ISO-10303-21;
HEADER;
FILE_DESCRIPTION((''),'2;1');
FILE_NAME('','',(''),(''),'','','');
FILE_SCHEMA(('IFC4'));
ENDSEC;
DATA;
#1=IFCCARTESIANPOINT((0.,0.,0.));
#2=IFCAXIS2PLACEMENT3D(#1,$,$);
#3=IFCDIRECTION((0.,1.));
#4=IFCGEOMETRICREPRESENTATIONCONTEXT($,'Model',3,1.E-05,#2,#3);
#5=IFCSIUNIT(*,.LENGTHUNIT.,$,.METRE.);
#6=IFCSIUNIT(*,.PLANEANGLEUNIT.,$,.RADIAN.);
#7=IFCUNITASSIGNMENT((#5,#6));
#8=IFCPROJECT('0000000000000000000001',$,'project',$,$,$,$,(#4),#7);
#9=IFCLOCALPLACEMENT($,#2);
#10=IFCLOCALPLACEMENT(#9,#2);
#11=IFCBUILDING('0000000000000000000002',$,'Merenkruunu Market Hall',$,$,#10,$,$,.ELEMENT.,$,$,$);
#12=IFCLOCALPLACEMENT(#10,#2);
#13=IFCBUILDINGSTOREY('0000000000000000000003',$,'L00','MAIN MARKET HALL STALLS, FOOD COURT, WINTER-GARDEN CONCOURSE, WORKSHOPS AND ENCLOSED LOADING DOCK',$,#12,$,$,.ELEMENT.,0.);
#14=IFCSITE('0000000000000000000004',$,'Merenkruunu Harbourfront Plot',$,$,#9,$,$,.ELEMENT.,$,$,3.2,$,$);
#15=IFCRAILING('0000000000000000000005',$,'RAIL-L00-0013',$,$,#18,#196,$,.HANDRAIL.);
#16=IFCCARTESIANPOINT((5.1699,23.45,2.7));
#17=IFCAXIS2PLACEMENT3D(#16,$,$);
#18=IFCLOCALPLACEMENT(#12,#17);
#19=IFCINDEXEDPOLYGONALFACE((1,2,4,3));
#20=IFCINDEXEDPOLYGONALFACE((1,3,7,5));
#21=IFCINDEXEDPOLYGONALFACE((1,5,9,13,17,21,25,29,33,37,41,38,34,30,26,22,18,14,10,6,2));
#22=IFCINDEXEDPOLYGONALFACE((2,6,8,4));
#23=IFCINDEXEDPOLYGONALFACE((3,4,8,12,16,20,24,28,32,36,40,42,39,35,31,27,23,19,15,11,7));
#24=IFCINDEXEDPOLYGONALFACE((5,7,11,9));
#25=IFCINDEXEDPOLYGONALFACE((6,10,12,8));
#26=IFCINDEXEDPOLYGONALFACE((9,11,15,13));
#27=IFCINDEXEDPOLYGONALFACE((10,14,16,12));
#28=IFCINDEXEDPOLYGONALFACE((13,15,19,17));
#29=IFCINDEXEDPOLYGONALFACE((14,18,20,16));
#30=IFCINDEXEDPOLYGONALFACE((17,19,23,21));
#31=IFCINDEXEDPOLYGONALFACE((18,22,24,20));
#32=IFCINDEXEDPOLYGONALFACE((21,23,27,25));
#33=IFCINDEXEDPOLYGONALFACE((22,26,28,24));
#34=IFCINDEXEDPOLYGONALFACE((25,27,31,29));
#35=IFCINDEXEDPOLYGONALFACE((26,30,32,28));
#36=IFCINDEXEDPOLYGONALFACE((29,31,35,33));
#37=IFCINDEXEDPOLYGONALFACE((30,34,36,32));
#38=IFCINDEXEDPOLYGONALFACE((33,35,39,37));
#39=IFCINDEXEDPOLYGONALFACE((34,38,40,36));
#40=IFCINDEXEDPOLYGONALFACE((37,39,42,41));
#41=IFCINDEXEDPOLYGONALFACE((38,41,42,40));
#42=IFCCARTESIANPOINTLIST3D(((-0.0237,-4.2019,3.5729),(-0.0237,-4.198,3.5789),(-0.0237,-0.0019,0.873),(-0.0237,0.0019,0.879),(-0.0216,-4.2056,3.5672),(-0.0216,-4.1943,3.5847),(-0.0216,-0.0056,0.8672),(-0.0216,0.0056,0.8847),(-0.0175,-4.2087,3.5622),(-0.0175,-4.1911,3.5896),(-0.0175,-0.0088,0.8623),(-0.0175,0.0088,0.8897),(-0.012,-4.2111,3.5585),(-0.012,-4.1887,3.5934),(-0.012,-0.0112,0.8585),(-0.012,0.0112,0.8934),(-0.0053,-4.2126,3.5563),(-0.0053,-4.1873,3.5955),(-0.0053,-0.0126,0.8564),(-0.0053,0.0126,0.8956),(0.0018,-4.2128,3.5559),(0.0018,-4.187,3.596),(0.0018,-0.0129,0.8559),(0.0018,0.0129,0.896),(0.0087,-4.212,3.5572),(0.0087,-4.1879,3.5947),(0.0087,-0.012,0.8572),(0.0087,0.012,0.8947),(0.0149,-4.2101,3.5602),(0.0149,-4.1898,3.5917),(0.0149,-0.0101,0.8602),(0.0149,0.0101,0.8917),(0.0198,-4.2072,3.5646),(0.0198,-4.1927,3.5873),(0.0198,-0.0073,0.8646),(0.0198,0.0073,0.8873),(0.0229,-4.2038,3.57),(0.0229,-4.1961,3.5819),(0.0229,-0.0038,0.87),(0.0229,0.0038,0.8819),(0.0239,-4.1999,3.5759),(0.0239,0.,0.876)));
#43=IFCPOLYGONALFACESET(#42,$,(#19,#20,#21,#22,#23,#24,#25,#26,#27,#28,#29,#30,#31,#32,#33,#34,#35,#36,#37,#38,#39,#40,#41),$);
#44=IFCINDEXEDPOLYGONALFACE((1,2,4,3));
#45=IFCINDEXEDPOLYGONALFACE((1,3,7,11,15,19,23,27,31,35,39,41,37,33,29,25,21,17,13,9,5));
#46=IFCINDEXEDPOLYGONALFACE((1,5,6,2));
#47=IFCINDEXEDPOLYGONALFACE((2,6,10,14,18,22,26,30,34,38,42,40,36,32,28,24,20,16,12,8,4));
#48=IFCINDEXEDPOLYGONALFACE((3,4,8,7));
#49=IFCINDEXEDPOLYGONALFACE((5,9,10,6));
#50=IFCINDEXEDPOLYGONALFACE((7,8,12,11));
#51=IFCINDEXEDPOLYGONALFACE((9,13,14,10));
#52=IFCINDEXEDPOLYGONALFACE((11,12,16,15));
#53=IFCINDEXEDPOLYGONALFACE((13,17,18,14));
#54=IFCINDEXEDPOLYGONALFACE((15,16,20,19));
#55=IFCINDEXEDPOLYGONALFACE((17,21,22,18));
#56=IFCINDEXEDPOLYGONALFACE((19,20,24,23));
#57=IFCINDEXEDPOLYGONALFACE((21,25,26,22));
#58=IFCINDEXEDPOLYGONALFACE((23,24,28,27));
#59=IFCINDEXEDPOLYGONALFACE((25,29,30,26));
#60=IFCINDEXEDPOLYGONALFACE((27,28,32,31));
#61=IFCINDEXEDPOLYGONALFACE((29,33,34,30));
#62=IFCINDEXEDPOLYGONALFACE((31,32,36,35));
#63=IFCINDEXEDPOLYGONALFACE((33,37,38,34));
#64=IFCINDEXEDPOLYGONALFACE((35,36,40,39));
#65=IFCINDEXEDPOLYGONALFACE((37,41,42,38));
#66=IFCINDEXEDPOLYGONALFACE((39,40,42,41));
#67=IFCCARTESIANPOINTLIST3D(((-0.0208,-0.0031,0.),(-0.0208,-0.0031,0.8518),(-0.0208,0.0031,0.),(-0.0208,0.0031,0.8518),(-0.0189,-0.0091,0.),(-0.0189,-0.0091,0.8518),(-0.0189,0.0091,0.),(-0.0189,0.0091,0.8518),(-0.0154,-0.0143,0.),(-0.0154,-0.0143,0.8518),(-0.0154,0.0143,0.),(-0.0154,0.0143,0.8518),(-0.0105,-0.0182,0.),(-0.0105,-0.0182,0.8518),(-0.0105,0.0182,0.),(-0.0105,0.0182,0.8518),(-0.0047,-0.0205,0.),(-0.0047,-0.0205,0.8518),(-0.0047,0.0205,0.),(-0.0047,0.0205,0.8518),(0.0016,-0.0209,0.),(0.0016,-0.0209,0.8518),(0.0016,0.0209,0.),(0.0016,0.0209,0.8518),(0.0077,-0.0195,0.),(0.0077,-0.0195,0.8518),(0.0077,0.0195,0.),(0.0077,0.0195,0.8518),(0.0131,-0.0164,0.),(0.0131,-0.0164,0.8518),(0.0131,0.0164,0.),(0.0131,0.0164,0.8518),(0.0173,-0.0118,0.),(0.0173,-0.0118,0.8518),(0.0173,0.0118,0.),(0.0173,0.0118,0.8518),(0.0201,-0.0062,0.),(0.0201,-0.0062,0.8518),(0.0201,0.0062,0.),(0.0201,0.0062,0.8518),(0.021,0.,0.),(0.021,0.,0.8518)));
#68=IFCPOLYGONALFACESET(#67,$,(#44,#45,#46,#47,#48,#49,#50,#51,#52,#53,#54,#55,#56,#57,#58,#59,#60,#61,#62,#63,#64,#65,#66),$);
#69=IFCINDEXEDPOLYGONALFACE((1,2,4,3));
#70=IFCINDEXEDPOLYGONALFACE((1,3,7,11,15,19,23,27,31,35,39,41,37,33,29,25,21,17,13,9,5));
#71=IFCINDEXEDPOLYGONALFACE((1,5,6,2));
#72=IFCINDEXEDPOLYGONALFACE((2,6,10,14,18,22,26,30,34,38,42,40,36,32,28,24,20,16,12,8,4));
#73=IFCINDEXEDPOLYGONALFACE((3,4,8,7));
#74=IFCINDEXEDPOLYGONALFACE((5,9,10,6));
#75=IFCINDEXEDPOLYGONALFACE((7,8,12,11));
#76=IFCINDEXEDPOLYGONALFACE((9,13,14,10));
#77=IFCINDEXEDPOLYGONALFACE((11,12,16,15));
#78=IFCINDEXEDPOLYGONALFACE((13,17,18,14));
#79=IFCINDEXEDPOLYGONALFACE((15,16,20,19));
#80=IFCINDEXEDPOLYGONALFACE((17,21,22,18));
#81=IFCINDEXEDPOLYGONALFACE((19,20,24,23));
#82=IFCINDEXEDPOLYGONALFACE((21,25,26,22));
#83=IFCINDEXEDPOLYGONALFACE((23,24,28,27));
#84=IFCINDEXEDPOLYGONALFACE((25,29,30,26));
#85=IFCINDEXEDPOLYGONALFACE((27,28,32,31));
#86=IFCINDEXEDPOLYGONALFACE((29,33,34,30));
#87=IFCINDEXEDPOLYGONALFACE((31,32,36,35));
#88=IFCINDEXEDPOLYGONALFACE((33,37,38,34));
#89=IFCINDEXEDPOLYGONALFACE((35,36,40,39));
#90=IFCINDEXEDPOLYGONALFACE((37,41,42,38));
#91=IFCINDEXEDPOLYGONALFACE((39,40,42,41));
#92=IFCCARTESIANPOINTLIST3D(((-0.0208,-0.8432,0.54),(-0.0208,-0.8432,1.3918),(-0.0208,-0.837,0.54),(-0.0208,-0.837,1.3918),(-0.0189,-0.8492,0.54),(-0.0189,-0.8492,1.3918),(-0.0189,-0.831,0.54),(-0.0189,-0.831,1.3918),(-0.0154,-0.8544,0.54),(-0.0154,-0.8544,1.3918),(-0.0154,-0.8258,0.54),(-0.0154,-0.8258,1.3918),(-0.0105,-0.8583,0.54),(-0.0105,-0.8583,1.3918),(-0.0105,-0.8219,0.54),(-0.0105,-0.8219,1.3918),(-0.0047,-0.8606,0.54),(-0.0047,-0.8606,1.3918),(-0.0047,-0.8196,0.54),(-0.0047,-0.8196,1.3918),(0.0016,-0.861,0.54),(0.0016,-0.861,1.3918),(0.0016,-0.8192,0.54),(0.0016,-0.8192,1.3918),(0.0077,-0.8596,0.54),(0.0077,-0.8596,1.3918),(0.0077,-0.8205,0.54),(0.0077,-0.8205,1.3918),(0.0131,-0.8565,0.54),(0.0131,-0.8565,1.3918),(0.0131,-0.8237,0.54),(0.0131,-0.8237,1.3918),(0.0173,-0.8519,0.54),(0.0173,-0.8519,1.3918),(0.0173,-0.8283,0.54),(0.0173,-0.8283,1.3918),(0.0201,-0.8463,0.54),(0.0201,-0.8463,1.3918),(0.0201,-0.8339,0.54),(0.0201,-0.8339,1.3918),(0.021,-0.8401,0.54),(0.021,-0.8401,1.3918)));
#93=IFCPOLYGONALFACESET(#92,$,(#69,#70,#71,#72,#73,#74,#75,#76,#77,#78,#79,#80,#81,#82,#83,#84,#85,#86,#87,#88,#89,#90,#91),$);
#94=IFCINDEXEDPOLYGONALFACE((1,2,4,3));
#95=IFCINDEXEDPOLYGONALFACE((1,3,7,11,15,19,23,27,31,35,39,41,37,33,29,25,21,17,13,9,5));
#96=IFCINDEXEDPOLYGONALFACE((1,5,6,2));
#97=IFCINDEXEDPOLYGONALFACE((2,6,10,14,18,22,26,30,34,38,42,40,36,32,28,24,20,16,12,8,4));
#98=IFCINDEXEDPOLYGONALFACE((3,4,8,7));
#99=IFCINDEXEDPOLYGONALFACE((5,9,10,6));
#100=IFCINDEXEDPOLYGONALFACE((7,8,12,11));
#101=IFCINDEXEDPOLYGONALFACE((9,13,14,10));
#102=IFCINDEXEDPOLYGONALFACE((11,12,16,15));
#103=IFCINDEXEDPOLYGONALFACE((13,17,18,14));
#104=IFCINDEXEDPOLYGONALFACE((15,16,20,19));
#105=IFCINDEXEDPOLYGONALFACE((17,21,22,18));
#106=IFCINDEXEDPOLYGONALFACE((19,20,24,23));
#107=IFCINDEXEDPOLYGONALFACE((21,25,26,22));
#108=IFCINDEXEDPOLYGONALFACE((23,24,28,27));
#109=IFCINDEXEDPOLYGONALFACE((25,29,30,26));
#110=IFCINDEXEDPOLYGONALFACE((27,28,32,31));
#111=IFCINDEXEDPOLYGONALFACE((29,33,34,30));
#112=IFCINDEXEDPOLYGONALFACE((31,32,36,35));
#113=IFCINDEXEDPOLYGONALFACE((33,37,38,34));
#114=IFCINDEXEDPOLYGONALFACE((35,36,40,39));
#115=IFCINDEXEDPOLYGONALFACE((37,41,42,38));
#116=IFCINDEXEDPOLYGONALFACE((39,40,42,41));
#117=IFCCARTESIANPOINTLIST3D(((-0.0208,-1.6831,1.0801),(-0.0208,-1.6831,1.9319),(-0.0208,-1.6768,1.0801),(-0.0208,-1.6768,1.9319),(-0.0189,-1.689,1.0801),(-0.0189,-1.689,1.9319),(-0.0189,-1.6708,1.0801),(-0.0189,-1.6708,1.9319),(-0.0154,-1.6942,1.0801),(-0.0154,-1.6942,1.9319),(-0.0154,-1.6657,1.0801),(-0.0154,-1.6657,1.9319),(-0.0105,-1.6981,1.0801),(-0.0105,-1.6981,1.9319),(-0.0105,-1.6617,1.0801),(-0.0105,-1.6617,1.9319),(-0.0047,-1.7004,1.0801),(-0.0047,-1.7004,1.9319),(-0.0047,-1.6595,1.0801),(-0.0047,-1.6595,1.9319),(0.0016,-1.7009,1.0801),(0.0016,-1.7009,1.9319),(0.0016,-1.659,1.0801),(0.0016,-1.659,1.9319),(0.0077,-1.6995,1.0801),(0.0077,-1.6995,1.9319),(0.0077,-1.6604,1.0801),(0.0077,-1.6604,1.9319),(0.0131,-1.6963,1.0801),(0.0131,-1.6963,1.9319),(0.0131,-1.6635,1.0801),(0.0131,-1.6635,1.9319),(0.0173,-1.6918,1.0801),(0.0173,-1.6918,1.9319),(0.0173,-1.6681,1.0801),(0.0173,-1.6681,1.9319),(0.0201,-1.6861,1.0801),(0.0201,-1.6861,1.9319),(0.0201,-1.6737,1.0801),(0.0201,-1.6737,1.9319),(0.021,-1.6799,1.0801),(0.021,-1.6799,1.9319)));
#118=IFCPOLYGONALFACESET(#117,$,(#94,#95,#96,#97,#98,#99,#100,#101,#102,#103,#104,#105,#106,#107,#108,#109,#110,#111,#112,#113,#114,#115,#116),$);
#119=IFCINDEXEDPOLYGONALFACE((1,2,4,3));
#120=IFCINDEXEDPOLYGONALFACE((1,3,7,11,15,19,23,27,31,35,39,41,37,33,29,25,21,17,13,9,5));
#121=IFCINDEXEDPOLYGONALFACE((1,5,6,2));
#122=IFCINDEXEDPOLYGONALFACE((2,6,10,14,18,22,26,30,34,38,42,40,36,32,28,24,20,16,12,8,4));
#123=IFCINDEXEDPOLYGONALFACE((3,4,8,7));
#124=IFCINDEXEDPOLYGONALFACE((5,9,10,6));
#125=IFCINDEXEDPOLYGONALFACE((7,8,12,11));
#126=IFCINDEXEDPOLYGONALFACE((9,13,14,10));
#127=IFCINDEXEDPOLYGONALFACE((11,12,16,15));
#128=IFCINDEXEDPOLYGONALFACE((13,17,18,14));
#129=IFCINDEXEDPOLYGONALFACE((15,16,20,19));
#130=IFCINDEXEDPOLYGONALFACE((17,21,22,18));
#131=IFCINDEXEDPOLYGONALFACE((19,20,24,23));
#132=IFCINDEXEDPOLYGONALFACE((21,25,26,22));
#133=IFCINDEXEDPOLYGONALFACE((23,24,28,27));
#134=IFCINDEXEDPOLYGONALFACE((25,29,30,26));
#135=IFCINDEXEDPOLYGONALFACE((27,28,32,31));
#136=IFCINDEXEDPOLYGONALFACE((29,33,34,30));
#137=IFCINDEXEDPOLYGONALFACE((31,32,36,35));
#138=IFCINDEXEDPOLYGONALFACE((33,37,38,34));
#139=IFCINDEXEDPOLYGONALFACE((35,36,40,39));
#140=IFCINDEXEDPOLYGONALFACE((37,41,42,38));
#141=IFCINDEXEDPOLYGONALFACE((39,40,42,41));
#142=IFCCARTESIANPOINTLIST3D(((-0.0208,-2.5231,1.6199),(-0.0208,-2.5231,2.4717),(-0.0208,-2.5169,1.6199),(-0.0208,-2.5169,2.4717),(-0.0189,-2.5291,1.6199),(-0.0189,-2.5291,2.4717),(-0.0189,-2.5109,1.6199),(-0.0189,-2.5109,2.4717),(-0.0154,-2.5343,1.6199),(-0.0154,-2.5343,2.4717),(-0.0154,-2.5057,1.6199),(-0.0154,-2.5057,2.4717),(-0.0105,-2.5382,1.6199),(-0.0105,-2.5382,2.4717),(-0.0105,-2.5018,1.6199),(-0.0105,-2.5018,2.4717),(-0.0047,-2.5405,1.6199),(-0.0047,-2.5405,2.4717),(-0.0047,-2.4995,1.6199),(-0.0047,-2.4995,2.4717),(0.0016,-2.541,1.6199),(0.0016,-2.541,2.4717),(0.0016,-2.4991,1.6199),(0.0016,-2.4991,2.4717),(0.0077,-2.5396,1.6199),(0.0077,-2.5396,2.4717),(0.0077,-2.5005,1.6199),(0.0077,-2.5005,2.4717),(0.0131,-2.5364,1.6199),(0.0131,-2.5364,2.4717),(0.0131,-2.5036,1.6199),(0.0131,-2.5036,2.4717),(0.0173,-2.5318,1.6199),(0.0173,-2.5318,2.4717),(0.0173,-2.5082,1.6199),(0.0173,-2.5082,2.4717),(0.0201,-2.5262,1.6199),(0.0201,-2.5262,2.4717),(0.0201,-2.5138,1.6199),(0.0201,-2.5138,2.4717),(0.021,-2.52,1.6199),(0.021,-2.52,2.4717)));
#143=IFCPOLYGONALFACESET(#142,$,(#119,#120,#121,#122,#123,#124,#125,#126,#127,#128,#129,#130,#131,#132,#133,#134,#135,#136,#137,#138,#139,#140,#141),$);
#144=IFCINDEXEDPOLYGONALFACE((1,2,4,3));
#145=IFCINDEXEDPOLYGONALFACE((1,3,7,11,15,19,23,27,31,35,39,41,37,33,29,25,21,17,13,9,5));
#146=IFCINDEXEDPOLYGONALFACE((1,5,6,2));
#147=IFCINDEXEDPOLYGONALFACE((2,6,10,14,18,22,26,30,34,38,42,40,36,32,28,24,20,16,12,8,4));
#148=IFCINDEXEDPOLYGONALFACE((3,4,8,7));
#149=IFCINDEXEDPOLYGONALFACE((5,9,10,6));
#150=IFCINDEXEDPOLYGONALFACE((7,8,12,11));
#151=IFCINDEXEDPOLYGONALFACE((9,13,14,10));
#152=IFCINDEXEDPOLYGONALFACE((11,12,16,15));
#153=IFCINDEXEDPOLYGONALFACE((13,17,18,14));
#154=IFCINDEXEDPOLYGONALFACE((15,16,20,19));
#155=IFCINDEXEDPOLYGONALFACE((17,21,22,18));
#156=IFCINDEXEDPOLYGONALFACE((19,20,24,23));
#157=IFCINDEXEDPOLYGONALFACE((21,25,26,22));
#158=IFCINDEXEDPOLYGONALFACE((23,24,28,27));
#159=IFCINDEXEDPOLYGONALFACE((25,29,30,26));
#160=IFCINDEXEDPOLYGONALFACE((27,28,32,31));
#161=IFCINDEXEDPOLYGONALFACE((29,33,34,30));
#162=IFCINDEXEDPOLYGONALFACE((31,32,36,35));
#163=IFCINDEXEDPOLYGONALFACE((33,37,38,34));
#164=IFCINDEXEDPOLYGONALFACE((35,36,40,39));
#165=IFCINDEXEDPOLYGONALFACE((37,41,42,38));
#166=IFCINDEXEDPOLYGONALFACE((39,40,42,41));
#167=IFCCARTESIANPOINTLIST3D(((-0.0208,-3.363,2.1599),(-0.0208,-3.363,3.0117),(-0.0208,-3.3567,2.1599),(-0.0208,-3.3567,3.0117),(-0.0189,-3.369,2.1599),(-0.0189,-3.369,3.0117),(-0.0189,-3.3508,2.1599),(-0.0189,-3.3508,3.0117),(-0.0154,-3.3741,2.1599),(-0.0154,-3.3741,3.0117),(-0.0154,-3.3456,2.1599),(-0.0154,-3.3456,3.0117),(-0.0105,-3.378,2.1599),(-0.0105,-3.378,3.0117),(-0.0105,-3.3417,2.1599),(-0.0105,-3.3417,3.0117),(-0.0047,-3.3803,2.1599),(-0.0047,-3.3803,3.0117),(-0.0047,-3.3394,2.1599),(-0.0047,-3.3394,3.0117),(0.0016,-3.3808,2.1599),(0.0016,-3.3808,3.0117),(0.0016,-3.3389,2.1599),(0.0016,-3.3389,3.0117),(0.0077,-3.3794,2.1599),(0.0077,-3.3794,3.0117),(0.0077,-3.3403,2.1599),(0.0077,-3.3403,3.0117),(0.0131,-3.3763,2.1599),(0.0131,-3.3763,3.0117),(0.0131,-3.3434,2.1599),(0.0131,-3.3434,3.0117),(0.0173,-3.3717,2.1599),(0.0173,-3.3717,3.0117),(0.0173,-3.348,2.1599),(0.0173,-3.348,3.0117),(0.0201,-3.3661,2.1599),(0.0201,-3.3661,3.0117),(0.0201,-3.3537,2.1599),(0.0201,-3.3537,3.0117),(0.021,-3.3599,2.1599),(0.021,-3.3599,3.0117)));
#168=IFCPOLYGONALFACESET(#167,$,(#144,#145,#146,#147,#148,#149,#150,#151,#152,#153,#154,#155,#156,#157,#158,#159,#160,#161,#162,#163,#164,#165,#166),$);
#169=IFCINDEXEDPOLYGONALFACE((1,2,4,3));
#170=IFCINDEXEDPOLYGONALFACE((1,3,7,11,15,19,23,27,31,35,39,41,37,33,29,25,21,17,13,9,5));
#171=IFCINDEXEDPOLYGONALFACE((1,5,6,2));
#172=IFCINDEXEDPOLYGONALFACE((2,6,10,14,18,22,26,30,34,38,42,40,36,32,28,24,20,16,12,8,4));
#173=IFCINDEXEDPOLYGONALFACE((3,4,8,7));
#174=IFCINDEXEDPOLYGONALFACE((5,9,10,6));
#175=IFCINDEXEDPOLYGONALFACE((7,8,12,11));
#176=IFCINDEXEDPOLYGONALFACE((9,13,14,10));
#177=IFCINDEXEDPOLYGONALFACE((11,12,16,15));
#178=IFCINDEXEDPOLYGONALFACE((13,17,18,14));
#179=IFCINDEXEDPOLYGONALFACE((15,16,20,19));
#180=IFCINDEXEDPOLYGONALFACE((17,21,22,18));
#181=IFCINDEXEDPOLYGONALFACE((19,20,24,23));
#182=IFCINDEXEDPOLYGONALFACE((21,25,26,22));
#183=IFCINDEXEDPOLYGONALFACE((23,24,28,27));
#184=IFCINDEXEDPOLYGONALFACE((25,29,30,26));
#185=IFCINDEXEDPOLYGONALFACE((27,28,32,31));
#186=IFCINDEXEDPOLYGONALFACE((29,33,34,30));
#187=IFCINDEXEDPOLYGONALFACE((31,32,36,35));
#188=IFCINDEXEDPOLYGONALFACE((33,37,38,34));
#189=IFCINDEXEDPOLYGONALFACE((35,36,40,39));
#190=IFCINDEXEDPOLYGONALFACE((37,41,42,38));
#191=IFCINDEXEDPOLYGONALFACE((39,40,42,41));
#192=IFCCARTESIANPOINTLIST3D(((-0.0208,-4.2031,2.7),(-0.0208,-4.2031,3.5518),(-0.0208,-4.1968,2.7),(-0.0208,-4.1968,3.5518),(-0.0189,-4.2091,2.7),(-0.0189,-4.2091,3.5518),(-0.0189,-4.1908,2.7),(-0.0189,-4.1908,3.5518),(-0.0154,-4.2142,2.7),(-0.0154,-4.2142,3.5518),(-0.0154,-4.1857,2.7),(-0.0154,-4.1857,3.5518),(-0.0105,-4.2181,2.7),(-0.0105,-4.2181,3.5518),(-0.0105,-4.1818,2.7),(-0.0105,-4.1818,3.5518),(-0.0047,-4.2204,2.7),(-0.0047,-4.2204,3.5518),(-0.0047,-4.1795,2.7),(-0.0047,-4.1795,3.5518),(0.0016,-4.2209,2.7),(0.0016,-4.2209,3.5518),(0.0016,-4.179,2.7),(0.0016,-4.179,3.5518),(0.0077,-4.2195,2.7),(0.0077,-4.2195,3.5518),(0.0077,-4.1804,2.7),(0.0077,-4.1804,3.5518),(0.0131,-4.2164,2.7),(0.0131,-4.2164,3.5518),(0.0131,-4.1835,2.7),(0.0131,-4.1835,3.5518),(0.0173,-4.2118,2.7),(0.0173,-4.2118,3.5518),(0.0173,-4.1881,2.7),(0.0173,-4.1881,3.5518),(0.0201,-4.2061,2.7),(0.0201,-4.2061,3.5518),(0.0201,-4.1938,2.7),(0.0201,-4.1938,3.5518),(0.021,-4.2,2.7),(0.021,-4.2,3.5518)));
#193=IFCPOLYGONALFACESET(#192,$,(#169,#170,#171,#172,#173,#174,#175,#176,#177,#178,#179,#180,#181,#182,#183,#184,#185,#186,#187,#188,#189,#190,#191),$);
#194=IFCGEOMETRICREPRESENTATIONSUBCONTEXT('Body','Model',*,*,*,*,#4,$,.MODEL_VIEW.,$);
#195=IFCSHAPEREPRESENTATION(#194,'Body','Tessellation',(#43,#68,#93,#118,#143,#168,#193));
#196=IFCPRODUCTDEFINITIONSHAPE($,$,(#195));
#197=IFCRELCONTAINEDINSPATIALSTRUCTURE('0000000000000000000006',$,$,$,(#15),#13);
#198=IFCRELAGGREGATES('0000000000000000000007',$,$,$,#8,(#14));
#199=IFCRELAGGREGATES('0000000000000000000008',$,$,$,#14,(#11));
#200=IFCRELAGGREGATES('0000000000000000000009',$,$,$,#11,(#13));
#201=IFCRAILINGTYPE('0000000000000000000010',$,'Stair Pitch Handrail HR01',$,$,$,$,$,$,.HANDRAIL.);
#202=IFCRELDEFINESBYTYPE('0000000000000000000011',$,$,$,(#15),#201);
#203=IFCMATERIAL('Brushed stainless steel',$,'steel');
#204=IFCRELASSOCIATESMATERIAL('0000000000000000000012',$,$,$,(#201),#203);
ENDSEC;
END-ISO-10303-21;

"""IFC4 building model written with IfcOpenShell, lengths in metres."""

from ifc_helpers import new_model, si_unit, direction, frame, origin, origin_2d, place, context, subcontext, project, spatial, circle, extrude, material, type_object, element, save


model = new_model("IFC4")

# Units and contexts
model_context = context("Model", 3, precision=1e-05, world=origin(), true_north=direction((0.0, 1.0)))
body_context = subcontext(model_context, "Body", "Model", "MODEL_VIEW")
ifc_project = project(units=[si_unit("LENGTHUNIT", "METRE"), si_unit("PLANEANGLEUNIT", "RADIAN")], contexts=[model_context])

# Site, building, storey
site_placement = place(None, origin())
site = spatial("IfcSite", under=ifc_project, at=site_placement, Name="Merenkruunu Harbourfront Plot", CompositionType="ELEMENT", RefElevation=3.2)
building_placement = place(site_placement, origin())
building = spatial("IfcBuilding", under=site, at=building_placement, Name="Merenkruunu Market Hall", CompositionType="ELEMENT")
storey_placement = place(building_placement, origin())
storey = spatial("IfcBuildingStorey", under=building, at=storey_placement, Name="L00", Description="MAIN MARKET HALL STALLS, FOOD COURT, WINTER-GARDEN CONCOURSE, WORKSHOPS AND ENCLOSED LOADING DOCK", CompositionType="ELEMENT", Elevation=0.0)

# Railing
ifc_material_1 = material(Name="Brushed stainless steel", Category="steel")
railing_type_1 = type_object("IfcRailingType", Name="Stair Pitch Handrail HR01", PredefinedType="HANDRAIL", material=ifc_material_1)
railing_1_placement = place(storey_placement, frame((5.1699, 23.45, 2.7)))
element("IfcRailing", 1, at=railing_1_placement, inside=storey, type_object=railing_type_1, Name="RAIL-L00-0013", PredefinedType="HANDRAIL", context=body_context, shape_type="SweptSolid", body=[
    extrude(circle(Radius=0.0239, at=origin_2d()), frame((0.0, 0.0, 0.876), z_axis=(0.0, -0.84118, 0.540755), x_axis=(1.0, 0.0, 0.0)), (0.0, 0.0, 1.0), 4.9929),
    extrude(circle(Radius=0.021, at=origin_2d()), origin(), (0.0, 0.0, 1.0), 0.8518),
    extrude(circle(Radius=0.021, at=origin_2d()), frame((0.0, -0.8401, 0.54)), (0.0, 0.0, 1.0), 0.8518),
    extrude(circle(Radius=0.021, at=origin_2d()), frame((0.0, -1.6799, 1.0801)), (0.0, 0.0, 1.0), 0.8518),
    extrude(circle(Radius=0.021, at=origin_2d()), frame((0.0, -2.52, 1.6199)), (0.0, 0.0, 1.0), 0.8518),
    extrude(circle(Radius=0.021, at=origin_2d()), frame((0.0, -3.3599, 2.1599)), (0.0, 0.0, 1.0), 0.8518),
    extrude(circle(Radius=0.021, at=origin_2d()), frame((0.0, -4.2, 2.7)), (0.0, 0.0, 1.0), 0.8518),
])

save(model, "model.ifc")
